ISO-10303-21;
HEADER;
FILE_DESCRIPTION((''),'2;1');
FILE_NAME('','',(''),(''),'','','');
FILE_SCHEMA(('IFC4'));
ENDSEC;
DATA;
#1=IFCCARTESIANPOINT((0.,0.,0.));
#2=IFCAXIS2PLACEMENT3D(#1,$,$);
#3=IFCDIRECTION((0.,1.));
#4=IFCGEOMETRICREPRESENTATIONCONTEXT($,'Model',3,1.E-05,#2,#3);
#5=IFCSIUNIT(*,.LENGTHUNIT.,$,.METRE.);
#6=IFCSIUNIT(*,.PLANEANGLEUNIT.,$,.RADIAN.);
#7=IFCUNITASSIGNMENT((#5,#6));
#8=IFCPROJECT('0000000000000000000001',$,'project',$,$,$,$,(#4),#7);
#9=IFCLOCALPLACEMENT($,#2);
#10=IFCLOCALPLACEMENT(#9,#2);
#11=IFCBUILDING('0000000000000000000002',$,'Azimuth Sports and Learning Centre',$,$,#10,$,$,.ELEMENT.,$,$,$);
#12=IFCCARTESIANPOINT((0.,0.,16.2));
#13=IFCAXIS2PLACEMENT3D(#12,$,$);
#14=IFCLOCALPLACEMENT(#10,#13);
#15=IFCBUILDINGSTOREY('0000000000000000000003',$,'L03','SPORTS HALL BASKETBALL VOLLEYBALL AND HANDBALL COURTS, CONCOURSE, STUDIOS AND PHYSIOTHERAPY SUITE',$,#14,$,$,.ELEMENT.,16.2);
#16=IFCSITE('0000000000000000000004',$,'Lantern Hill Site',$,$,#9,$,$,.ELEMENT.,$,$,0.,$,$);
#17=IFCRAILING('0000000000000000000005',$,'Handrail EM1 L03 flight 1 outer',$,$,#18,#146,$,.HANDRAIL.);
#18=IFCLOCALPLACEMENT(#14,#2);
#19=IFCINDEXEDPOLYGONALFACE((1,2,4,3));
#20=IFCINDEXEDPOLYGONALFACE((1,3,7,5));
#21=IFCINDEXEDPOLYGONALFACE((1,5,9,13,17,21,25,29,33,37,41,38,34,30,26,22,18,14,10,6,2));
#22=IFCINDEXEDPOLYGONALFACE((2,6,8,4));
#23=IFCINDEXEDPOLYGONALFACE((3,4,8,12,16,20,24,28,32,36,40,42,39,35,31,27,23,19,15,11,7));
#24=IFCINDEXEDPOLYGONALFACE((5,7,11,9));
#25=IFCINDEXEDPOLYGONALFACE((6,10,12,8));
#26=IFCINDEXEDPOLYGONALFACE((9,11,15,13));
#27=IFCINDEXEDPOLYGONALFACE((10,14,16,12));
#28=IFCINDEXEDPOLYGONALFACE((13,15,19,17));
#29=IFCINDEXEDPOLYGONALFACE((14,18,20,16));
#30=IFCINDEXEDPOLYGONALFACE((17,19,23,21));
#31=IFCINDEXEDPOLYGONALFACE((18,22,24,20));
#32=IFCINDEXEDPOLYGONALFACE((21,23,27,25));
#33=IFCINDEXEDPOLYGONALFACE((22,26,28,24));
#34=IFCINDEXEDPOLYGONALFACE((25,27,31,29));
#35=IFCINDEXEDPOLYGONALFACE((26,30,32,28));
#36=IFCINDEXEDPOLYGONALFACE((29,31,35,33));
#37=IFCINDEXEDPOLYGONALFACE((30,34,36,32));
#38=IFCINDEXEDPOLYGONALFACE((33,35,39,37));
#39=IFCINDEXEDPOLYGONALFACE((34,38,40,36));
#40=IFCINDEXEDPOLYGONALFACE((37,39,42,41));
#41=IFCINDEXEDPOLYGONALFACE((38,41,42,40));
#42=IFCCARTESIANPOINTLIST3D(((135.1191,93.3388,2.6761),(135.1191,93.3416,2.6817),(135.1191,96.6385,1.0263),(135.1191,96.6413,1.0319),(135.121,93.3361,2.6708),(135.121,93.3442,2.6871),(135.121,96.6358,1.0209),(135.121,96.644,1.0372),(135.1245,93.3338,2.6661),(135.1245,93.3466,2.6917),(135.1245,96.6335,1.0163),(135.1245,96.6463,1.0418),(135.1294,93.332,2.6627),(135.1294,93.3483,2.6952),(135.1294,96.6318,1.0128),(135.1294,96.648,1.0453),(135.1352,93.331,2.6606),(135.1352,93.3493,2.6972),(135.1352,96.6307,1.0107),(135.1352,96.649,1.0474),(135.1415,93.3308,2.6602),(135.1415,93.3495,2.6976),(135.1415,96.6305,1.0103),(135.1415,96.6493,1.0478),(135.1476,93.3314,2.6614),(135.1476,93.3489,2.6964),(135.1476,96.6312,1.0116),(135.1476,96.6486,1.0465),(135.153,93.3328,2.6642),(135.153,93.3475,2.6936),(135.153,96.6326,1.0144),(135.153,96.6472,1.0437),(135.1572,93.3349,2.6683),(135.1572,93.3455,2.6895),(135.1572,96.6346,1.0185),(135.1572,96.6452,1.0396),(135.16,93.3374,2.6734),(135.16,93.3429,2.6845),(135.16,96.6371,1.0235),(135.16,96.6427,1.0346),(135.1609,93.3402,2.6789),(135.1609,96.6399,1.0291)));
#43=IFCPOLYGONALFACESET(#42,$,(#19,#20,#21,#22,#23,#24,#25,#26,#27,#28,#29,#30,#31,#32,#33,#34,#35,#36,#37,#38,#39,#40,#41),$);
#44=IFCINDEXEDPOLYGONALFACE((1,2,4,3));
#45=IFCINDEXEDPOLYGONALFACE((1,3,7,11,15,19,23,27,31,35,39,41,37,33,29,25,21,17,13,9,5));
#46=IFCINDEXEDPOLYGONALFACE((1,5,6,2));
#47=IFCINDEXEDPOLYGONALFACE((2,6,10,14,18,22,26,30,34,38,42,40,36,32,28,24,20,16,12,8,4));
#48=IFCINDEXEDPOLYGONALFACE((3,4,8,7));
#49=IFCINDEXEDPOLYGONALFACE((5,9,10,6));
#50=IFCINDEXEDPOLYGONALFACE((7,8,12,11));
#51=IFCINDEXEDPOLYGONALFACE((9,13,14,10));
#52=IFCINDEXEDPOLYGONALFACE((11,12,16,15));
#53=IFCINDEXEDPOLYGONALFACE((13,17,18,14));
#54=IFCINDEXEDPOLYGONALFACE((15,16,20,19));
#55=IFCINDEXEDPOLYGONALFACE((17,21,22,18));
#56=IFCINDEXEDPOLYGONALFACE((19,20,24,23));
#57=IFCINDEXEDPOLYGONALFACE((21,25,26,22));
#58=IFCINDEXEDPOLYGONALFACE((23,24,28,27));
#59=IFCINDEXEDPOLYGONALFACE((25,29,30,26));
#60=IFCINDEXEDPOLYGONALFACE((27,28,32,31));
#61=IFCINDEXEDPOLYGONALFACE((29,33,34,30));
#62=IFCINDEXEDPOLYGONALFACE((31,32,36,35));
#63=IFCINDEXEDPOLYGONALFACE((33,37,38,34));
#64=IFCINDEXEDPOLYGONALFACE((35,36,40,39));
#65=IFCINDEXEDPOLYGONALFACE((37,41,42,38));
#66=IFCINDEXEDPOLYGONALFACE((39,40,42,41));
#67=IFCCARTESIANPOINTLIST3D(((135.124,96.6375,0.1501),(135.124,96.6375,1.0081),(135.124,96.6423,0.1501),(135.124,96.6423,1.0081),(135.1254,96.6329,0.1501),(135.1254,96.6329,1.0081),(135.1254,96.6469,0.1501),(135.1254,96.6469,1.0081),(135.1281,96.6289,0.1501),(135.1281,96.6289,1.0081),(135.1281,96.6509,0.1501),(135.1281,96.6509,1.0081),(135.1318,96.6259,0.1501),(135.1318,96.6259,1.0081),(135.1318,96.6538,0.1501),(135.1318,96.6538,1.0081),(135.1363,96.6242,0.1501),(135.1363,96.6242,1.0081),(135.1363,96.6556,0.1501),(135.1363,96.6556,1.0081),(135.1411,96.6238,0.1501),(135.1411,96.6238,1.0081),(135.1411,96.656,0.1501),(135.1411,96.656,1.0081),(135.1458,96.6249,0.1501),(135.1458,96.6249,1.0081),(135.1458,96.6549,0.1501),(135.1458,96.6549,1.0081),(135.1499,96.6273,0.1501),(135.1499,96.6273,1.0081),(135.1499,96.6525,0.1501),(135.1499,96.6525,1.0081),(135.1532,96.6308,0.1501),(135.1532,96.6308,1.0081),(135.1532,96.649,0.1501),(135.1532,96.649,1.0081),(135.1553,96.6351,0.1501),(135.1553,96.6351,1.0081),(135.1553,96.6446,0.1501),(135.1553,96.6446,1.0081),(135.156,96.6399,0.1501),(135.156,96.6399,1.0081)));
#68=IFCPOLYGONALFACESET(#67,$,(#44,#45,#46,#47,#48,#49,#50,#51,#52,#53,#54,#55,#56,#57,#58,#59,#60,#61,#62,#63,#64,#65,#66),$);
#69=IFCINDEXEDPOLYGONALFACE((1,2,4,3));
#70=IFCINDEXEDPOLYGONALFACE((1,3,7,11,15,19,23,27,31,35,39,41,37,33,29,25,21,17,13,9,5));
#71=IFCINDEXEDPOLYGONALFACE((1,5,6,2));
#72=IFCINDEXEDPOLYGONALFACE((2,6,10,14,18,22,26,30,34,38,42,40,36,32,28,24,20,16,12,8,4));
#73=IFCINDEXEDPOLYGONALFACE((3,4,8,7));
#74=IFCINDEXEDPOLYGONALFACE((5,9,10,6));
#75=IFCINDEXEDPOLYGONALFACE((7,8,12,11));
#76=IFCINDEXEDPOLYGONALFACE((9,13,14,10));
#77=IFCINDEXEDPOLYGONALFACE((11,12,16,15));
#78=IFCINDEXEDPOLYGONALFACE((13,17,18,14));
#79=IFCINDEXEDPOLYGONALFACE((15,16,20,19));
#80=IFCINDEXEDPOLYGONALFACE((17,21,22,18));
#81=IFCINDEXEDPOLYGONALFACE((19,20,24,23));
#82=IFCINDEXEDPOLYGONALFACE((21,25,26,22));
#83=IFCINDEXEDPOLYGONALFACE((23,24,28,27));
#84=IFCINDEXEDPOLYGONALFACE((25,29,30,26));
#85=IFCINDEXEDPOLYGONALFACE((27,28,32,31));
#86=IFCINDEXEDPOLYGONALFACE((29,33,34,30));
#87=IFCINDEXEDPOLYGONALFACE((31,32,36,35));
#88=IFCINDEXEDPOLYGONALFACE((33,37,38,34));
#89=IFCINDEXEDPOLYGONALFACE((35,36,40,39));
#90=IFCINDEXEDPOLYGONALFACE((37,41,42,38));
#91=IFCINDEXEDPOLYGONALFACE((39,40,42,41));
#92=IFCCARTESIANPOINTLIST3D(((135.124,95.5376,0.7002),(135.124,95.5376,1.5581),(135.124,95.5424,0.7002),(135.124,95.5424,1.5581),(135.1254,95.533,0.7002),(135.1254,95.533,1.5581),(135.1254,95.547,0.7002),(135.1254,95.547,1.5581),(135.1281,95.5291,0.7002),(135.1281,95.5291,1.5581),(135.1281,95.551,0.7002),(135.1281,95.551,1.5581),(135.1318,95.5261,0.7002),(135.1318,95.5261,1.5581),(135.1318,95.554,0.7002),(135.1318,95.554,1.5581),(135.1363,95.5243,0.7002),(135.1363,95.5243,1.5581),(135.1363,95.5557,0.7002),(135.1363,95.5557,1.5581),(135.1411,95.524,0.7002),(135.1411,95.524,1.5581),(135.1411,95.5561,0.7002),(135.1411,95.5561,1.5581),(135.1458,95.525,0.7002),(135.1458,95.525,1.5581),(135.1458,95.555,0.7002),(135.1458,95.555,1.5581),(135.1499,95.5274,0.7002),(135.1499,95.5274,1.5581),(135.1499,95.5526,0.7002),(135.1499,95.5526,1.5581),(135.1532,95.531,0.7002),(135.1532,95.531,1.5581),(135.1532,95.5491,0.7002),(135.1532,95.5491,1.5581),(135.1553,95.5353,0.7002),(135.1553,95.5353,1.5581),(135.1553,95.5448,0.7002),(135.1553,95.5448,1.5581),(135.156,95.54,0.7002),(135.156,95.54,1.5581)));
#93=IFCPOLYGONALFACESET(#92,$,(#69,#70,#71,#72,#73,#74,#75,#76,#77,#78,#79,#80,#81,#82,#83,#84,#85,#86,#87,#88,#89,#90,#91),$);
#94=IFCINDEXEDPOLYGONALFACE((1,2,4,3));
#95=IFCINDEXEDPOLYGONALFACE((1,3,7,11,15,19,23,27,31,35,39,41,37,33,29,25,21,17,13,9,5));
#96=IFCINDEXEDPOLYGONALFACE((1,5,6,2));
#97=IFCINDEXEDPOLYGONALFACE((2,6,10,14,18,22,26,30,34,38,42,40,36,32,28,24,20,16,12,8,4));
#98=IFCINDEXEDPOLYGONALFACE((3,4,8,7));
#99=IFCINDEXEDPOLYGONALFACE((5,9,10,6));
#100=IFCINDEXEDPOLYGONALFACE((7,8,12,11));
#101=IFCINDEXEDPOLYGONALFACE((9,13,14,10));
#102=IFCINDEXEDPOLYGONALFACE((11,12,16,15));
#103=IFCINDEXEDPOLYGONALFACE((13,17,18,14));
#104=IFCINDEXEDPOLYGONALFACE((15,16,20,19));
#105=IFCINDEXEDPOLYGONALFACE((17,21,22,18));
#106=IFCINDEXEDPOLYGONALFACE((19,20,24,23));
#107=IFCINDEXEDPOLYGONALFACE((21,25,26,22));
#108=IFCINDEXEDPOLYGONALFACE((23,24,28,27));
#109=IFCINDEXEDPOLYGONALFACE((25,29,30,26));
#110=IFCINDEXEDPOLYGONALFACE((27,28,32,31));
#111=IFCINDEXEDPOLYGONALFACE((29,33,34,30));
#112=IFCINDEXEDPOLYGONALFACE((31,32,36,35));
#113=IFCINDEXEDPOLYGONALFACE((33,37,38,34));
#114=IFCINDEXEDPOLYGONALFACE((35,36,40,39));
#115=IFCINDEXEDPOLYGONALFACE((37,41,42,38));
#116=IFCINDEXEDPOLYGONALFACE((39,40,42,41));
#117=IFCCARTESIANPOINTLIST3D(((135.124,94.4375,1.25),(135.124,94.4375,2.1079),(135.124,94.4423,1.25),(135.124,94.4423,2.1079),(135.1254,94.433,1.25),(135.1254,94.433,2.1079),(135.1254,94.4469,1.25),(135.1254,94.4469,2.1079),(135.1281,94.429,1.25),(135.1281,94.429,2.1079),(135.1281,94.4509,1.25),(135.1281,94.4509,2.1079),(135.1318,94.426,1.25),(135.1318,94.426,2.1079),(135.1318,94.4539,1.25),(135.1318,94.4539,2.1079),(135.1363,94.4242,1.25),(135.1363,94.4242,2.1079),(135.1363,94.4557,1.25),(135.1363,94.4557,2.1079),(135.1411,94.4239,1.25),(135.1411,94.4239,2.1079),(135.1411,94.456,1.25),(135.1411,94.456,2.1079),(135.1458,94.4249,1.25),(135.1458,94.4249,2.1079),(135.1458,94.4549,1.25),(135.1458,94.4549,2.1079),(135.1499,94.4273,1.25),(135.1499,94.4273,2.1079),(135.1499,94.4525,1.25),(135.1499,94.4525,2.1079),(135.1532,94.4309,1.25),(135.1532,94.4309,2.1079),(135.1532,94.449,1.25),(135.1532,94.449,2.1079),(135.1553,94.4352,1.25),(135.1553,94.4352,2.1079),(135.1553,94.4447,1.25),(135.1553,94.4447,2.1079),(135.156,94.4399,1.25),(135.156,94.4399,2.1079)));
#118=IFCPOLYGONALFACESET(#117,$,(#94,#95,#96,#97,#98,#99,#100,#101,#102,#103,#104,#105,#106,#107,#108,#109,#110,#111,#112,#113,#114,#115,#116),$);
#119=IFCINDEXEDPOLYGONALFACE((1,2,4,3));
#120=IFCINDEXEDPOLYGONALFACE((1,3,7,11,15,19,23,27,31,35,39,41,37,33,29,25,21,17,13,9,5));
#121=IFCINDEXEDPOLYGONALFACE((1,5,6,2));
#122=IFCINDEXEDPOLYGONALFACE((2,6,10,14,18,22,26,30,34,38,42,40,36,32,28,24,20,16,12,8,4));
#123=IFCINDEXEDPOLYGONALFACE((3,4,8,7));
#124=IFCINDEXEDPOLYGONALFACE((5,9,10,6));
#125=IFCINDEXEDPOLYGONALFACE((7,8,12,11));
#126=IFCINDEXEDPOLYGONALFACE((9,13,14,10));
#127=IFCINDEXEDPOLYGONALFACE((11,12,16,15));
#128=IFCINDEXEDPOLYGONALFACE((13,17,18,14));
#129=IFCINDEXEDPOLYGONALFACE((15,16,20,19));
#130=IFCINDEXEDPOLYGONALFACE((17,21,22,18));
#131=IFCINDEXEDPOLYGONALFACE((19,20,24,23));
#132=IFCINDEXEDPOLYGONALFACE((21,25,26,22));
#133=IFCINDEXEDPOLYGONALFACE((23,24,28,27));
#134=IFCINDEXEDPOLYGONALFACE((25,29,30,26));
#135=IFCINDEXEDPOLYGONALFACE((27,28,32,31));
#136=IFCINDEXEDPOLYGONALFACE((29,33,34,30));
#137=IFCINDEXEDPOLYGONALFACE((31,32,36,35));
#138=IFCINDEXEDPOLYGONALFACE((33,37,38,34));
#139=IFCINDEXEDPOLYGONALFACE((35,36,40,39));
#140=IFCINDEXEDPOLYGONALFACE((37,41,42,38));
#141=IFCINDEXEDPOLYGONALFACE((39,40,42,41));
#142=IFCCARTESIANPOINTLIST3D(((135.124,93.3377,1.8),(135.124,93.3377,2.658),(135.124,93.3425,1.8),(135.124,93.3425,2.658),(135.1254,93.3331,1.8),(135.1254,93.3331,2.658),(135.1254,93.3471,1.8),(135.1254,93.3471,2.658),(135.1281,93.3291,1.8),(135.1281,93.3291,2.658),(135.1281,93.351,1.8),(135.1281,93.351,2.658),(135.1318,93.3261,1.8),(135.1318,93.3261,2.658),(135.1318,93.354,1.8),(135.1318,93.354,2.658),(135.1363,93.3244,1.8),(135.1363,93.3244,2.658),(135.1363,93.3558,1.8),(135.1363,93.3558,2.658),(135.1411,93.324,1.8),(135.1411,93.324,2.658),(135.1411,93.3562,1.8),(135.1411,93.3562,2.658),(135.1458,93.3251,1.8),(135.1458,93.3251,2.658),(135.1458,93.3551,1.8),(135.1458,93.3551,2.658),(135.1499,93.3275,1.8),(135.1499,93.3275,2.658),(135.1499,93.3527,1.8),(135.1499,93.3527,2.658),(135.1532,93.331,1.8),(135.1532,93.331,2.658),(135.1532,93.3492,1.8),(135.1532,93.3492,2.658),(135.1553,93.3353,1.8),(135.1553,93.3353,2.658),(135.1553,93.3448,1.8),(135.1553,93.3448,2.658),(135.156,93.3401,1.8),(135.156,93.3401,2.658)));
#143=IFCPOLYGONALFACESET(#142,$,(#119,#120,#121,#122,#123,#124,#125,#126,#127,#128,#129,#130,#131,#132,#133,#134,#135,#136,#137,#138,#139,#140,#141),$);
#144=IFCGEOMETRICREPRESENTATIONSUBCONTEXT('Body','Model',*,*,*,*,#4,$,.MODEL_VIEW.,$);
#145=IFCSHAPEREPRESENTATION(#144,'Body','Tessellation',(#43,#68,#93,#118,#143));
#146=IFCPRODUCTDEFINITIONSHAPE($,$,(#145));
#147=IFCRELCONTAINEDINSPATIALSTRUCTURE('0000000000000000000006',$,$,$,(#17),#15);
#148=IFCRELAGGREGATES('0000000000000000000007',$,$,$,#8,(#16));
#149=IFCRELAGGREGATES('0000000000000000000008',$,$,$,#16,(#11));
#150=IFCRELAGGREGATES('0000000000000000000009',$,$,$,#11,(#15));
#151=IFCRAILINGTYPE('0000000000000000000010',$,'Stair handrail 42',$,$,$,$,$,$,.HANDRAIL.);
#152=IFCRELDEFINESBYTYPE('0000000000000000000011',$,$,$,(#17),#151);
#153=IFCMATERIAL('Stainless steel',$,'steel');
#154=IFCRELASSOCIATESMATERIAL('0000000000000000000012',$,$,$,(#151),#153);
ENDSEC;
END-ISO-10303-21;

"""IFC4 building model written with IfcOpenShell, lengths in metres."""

from ifc_helpers import new_model, si_unit, direction, frame, origin, origin_2d, place, context, subcontext, project, spatial, circle, extrude, material, type_object, element, save


model = new_model("IFC4")

# Units and contexts
model_context = context("Model", 3, precision=1e-05, world=origin(), true_north=direction((0.0, 1.0)))
body_context = subcontext(model_context, "Body", "Model", "MODEL_VIEW")
ifc_project = project(units=[si_unit("LENGTHUNIT", "METRE"), si_unit("PLANEANGLEUNIT", "RADIAN")], contexts=[model_context])

# Site, building, storey
site_placement = place(None, origin())
site = spatial("IfcSite", under=ifc_project, at=site_placement, Name="Lantern Hill Site", CompositionType="ELEMENT", RefElevation=0.0)
building_placement = place(site_placement, origin())
building = spatial("IfcBuilding", under=site, at=building_placement, Name="Azimuth Sports and Learning Centre", CompositionType="ELEMENT")
storey_placement = place(building_placement, frame((0.0, 0.0, 16.2)))
storey = spatial("IfcBuildingStorey", under=building, at=storey_placement, Name="L03", Description="SPORTS HALL BASKETBALL VOLLEYBALL AND HANDBALL COURTS, CONCOURSE, STUDIOS AND PHYSIOTHERAPY SUITE", CompositionType="ELEMENT", Elevation=16.2)

# Railing
ifc_material_1 = material(Name="Stainless steel", Category="steel")
railing_type = type_object("IfcRailingType", Name="Stair handrail 42", PredefinedType="HANDRAIL", material=ifc_material_1)
railing_1_placement = place(storey_placement, frame((135.1399, 96.6399, 0.1501)))
element("IfcRailing", 1, at=railing_1_placement, inside=storey, type_object=railing_type, Name="Handrail EM1 L03 flight 1 outer", PredefinedType="HANDRAIL", context=body_context, shape_type="SweptSolid", body=[
    extrude(circle(Radius=0.021, at=origin_2d()), frame((0.0, 0.0, 0.8789), z_axis=(0.0, -0.894427, 0.447214), x_axis=(1.0, 0.0, 0.0)), (0.0, 0.0, 1.0), 3.6892),
    extrude(circle(Radius=0.0161, at=origin_2d()), origin(), (0.0, 0.0, 1.0), 0.8579),
    extrude(circle(Radius=0.0161, at=origin_2d()), frame((0.0, -1.0999, 0.55)), (0.0, 0.0, 1.0), 0.8579),
    extrude(circle(Radius=0.0161, at=origin_2d()), frame((0.0, -2.2, 1.0999)), (0.0, 0.0, 1.0), 0.8579),
    extrude(circle(Radius=0.0161, at=origin_2d()), frame((0.0, -3.2998, 1.6499)), (0.0, 0.0, 1.0), 0.8579),
])

save(model, "model.ifc")
